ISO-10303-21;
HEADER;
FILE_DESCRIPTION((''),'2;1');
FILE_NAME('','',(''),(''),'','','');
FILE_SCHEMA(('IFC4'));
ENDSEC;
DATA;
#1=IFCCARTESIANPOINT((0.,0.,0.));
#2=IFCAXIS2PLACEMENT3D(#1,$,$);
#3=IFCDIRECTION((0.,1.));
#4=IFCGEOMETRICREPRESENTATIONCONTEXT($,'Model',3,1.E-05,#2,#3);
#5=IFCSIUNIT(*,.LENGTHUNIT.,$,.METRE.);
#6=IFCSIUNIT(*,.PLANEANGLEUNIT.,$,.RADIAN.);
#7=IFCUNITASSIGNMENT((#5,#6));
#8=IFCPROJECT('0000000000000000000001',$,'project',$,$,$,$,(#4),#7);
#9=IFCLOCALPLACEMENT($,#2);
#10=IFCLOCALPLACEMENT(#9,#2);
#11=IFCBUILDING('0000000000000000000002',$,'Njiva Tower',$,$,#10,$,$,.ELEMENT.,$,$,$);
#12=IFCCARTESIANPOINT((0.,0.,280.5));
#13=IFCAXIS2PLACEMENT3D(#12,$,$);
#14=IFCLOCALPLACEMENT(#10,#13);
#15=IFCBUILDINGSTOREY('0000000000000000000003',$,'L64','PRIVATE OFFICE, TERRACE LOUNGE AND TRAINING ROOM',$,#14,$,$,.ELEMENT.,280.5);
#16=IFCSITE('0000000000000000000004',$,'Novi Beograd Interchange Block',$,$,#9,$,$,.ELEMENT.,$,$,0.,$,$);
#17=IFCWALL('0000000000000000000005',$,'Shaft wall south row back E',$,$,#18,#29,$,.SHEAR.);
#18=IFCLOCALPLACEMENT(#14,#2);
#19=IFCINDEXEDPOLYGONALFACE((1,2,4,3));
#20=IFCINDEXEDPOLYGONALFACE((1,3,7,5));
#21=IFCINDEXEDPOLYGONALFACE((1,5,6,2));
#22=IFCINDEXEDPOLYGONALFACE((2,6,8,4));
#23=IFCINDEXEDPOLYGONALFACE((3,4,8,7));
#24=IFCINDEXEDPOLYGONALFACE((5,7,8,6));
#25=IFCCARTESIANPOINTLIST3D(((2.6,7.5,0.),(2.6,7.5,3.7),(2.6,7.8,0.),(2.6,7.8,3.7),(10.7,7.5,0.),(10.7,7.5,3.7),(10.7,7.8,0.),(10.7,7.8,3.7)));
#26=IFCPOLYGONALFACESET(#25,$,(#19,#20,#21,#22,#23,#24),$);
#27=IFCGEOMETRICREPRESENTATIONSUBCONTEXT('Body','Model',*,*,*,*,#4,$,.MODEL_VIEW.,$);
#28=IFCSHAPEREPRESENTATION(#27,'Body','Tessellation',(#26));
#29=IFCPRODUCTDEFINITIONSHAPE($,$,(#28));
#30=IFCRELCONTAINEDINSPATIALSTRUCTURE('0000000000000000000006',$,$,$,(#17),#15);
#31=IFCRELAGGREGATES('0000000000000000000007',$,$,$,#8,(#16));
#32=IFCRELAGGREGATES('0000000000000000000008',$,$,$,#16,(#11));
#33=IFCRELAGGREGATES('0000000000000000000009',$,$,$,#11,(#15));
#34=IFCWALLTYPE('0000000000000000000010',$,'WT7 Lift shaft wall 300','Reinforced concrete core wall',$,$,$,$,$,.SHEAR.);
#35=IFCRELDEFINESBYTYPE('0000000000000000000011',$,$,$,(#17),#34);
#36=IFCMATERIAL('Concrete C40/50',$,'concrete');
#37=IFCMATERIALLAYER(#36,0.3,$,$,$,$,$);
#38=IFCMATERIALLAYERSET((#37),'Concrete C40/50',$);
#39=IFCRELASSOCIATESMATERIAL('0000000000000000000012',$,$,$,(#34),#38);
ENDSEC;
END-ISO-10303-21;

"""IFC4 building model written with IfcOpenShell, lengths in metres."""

from ifc_helpers import new_model, si_unit, direction, frame, frame_2d, origin, place, context, subcontext, project, spatial, rectangle, extrude, material, layer, layer_set, type_object, element, save


model = new_model("IFC4")

# Units and contexts
model_context = context("Model", 3, precision=1e-05, world=origin(), true_north=direction((0.0, 1.0)))
body_context = subcontext(model_context, "Body", "Model", "MODEL_VIEW")
ifc_project = project(units=[si_unit("LENGTHUNIT", "METRE"), si_unit("PLANEANGLEUNIT", "RADIAN")], contexts=[model_context])

# Site, building, storey
site_placement = place(None, origin())
site = spatial("IfcSite", under=ifc_project, at=site_placement, Name="Novi Beograd Interchange Block", CompositionType="ELEMENT", RefElevation=0.0)
building_placement = place(site_placement, origin())
building = spatial("IfcBuilding", under=site, at=building_placement, Name="Njiva Tower", CompositionType="ELEMENT")
storey_placement = place(building_placement, frame((0.0, 0.0, 280.5)))
storey = spatial("IfcBuildingStorey", under=building, at=storey_placement, Name="L64", Description="PRIVATE OFFICE, TERRACE LOUNGE AND TRAINING ROOM", CompositionType="ELEMENT", Elevation=280.5)

# Shared definitions
ifc_material_1 = material(Name="Concrete C40/50", Category="concrete")

# Shared definitions
ifc_layer_1 = layer(ifc_material_1, 0.3)
ifc_layer_set_1 = layer_set([ifc_layer_1], Name="Concrete C40/50")
wall_type_1 = type_object("IfcWallType", Name="WT7 Lift shaft wall 300", Description="Reinforced concrete core wall", PredefinedType="SHEAR", material=ifc_layer_set_1)

# Wall
wall_1_placement = place(storey_placement, frame((2.6, 7.65, 0.0), z_axis=(0.0, 0.0, 1.0), x_axis=(1.0, 0.0, 0.0)))
element("IfcWall", 1, at=wall_1_placement, inside=storey, type_object=wall_type_1, Name="Shaft wall south row back E", PredefinedType="SHEAR", context=body_context, shape_type="SweptSolid", body=[
    extrude(rectangle(XDim=8.1, YDim=0.3, at=frame_2d((4.05, 0.0))), origin(), (0.0, 0.0, 1.0), 3.7),
])

save(model, "model.ifc")
